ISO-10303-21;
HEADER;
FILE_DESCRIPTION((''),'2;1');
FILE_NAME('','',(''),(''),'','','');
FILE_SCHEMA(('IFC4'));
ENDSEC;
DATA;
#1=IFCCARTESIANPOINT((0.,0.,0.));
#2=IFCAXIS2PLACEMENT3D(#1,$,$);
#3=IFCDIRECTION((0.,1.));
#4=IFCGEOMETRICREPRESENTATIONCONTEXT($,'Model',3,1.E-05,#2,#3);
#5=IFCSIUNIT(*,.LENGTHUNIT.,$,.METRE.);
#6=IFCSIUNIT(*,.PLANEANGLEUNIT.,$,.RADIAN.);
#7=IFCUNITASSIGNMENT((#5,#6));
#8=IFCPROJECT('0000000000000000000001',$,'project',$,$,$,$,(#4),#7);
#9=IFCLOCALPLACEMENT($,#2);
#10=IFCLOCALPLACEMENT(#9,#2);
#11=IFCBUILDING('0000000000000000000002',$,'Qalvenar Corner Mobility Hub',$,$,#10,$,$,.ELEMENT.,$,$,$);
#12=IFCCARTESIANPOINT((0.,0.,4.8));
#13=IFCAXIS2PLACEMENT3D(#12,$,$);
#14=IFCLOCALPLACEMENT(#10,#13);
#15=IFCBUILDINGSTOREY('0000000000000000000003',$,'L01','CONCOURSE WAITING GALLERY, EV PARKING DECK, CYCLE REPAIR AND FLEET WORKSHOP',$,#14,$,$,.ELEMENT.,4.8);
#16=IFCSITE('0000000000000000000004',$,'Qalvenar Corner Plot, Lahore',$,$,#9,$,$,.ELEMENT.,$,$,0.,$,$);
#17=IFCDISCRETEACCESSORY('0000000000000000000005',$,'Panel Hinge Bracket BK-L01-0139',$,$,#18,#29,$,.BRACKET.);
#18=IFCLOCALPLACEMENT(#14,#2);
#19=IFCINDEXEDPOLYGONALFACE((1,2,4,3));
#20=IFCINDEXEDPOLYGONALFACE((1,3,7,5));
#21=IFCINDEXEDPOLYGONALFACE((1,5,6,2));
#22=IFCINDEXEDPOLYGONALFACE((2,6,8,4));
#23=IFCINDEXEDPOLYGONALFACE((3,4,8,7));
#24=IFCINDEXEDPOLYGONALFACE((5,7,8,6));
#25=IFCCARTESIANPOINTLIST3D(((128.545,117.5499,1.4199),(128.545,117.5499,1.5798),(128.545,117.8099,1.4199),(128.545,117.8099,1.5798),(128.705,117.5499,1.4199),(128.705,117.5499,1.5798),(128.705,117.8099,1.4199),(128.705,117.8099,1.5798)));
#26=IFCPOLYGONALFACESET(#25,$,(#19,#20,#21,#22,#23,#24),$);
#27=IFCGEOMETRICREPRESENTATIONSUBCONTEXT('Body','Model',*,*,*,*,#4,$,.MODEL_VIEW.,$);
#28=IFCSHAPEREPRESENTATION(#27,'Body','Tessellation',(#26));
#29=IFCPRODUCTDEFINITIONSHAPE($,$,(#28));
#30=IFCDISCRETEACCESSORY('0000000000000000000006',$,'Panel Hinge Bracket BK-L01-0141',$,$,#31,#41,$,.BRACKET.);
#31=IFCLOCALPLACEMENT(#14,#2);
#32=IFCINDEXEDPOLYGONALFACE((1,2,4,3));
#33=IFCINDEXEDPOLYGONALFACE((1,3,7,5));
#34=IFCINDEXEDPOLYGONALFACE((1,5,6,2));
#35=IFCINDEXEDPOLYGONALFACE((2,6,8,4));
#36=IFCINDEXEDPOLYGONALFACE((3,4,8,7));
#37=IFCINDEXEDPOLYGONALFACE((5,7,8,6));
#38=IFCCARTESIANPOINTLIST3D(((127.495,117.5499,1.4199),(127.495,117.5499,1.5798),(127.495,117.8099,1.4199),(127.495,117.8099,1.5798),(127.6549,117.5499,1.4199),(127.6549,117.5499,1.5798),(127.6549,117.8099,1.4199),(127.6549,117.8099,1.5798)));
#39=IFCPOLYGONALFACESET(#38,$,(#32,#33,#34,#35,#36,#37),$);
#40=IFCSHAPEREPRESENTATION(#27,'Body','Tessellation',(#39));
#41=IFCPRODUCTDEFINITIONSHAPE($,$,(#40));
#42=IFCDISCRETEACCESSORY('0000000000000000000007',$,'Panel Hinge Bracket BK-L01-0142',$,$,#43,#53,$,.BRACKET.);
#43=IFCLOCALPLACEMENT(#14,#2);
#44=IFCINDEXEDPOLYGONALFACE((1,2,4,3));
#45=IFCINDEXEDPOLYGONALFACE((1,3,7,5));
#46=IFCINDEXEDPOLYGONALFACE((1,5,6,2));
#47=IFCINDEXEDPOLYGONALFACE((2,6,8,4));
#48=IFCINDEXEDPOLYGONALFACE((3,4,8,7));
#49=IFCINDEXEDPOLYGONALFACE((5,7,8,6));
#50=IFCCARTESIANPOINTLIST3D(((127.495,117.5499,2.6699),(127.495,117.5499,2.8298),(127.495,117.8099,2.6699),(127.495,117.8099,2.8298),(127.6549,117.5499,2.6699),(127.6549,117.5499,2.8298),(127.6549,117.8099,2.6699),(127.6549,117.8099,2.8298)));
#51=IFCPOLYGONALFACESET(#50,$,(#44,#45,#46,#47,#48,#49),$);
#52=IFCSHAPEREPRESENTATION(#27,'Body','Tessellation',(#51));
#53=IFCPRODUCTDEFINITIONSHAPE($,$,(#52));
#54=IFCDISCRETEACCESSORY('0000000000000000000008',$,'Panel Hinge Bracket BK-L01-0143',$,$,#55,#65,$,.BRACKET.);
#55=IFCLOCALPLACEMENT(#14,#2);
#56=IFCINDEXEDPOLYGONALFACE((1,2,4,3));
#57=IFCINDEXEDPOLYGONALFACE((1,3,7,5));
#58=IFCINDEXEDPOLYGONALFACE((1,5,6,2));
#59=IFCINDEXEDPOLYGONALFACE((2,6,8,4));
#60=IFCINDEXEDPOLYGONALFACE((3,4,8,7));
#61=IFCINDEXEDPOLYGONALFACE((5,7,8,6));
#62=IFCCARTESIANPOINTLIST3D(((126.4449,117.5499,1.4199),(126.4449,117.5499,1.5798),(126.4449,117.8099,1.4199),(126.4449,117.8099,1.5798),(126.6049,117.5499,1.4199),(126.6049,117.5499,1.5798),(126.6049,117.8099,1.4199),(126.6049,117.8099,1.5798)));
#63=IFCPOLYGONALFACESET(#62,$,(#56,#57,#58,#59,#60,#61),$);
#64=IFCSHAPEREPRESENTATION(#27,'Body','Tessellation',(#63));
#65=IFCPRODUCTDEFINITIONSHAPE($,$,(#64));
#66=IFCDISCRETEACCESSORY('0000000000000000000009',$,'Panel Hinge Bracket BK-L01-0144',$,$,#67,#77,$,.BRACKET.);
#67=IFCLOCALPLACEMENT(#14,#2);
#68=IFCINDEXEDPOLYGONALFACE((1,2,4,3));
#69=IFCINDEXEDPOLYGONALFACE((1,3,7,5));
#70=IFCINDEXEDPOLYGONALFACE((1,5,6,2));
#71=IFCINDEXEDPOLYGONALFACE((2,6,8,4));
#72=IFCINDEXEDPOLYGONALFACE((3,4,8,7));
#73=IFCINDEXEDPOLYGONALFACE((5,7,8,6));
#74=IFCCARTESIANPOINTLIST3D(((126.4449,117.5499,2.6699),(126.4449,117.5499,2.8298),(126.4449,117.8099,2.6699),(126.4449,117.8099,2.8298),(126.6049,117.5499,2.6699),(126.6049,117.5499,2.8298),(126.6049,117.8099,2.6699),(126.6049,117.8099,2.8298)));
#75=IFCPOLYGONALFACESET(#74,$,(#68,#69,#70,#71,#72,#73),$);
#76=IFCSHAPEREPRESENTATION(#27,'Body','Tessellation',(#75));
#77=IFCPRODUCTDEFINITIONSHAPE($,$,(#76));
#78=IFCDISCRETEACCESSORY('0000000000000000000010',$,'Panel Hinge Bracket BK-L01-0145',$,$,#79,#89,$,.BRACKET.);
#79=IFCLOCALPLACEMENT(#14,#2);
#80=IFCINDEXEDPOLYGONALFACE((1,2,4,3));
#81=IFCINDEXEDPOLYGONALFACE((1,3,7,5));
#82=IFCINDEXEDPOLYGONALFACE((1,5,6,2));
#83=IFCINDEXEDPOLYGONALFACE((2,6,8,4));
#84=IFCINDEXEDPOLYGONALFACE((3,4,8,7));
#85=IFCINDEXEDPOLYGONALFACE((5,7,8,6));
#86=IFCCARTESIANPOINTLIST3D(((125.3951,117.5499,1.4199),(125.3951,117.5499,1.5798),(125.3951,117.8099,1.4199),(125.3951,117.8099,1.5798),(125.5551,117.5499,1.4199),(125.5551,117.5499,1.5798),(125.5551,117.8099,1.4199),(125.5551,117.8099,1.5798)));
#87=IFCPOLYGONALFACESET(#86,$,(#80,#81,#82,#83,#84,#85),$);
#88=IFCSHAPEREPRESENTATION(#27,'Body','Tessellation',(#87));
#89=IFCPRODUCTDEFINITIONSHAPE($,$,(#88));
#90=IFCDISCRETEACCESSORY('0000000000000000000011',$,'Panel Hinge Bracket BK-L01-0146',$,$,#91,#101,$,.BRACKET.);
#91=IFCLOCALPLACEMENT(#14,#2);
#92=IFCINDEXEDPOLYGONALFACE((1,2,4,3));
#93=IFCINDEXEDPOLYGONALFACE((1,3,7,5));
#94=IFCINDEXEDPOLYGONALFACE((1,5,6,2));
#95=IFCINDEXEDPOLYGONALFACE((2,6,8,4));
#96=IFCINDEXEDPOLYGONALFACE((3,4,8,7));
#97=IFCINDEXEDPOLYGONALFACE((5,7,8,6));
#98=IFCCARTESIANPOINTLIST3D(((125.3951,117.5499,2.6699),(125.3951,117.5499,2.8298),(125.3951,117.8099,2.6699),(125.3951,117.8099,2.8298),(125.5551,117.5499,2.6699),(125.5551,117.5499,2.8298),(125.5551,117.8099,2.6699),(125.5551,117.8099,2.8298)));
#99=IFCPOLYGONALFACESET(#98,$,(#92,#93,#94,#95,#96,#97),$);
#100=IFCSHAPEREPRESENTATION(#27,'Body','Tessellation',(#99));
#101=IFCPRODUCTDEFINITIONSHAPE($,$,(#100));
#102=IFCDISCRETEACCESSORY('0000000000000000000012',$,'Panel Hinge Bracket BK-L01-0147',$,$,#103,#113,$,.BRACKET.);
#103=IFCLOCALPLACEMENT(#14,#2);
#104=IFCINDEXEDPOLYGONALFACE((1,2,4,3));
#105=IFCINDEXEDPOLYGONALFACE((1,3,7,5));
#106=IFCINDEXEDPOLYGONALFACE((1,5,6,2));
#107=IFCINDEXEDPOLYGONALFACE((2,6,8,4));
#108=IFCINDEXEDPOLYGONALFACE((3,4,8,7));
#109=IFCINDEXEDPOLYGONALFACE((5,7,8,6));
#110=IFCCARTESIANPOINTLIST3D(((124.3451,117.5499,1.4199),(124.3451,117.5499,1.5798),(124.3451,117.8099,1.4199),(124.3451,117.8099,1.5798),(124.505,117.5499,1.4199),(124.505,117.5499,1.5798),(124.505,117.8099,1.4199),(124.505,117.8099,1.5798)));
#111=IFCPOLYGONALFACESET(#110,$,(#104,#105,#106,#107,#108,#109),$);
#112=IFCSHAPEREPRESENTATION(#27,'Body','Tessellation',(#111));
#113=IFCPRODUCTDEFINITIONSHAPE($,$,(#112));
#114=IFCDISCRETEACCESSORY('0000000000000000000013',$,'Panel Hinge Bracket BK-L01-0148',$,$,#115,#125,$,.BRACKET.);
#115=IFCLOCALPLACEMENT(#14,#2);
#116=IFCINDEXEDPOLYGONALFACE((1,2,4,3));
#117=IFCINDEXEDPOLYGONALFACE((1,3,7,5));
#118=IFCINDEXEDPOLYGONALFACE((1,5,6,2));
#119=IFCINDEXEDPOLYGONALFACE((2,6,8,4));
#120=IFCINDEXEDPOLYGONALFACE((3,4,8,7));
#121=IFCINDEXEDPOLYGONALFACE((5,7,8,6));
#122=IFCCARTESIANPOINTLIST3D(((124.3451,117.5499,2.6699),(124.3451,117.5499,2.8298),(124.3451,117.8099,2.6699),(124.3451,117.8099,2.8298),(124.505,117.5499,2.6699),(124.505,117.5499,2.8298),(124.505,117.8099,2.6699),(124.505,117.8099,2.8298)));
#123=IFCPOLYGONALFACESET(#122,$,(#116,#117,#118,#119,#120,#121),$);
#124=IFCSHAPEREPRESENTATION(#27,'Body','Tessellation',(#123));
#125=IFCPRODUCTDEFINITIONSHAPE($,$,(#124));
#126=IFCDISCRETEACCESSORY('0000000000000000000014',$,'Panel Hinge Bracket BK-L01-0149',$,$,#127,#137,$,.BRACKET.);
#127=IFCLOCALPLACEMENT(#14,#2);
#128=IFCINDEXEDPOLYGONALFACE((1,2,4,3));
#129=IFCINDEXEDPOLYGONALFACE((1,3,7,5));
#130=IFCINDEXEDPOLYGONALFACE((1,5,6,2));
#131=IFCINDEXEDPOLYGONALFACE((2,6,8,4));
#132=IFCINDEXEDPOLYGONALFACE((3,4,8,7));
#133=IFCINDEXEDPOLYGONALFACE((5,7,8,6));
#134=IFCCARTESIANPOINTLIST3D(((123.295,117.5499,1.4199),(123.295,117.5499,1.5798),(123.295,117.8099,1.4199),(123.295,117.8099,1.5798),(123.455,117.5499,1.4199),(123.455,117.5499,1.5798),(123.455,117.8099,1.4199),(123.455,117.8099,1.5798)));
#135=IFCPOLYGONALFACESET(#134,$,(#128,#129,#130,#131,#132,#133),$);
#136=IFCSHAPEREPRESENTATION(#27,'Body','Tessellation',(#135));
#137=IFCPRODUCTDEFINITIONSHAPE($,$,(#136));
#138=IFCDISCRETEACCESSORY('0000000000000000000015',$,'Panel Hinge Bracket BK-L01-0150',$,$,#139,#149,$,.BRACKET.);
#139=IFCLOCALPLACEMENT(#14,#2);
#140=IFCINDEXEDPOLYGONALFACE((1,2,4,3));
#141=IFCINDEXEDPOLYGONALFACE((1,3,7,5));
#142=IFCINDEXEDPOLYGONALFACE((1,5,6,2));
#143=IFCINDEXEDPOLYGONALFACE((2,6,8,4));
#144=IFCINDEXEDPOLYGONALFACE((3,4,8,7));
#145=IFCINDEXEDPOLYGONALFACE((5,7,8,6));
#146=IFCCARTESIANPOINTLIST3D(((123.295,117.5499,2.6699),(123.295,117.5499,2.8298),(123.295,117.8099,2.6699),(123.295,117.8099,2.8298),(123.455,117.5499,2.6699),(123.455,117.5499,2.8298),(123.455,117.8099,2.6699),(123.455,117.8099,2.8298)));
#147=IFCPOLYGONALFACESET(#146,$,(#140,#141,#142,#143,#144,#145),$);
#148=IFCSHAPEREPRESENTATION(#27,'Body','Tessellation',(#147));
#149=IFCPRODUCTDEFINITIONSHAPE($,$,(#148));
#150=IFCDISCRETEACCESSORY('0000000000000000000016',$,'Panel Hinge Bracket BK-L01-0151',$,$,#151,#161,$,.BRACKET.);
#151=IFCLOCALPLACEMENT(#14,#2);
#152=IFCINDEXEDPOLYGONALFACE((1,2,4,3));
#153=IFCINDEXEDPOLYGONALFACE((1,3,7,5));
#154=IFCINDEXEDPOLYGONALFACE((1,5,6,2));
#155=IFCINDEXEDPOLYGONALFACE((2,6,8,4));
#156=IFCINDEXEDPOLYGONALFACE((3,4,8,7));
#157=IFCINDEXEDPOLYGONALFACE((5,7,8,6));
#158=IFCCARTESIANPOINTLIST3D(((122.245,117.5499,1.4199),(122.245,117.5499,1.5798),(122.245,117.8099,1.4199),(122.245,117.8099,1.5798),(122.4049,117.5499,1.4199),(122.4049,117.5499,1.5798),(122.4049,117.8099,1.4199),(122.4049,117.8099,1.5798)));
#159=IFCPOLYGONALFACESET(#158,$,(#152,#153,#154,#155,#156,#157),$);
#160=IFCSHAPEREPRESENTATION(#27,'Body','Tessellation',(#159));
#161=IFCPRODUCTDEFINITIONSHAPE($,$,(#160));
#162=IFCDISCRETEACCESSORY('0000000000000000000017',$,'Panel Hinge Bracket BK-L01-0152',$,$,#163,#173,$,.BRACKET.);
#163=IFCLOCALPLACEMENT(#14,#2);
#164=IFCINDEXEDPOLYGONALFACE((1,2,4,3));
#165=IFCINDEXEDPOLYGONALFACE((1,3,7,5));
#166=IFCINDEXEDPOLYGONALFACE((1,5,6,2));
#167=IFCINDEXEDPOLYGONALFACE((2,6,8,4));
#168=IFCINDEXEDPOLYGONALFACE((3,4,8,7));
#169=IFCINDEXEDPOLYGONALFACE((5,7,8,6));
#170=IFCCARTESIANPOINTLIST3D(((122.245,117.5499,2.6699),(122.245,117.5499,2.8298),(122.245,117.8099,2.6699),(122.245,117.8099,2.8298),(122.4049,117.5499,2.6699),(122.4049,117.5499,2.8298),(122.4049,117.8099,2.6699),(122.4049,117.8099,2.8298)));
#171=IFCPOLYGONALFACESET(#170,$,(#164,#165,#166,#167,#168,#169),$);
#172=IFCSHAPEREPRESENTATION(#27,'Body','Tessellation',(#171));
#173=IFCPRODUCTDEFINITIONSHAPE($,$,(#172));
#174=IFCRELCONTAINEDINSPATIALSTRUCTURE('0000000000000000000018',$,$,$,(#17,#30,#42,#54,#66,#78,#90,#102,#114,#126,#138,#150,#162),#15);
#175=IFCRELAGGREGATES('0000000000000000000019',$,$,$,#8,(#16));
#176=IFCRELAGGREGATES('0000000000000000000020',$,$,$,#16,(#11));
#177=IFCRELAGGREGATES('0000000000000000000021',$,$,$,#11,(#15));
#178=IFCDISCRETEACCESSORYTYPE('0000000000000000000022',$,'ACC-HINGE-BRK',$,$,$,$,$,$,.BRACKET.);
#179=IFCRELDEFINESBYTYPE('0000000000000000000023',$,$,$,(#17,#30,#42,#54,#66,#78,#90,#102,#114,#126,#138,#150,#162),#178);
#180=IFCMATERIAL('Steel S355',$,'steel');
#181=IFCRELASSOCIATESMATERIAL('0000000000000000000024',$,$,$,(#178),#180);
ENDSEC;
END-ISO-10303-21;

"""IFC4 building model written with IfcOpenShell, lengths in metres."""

from ifc_helpers import new_model, si_unit, direction, frame, origin, origin_2d, place, context, subcontext, project, spatial, rectangle, extrude, material, type_object, element, save


model = new_model("IFC4")

# Units and contexts
model_context = context("Model", 3, precision=1e-05, world=origin(), true_north=direction((0.0, 1.0)))
body_context = subcontext(model_context, "Body", "Model", "MODEL_VIEW")
ifc_project = project(units=[si_unit("LENGTHUNIT", "METRE"), si_unit("PLANEANGLEUNIT", "RADIAN")], contexts=[model_context])

# Site, building, storey
site_placement = place(None, origin())
site = spatial("IfcSite", under=ifc_project, at=site_placement, Name="Qalvenar Corner Plot, Lahore", CompositionType="ELEMENT", RefElevation=0.0)
building_placement = place(site_placement, origin())
building = spatial("IfcBuilding", under=site, at=building_placement, Name="Qalvenar Corner Mobility Hub", CompositionType="ELEMENT")
storey_placement = place(building_placement, frame((0.0, 0.0, 4.8)))
storey = spatial("IfcBuildingStorey", under=building, at=storey_placement, Name="L01", Description="CONCOURSE WAITING GALLERY, EV PARKING DECK, CYCLE REPAIR AND FLEET WORKSHOP", CompositionType="ELEMENT", Elevation=4.8)

# Shared definitions
ifc_material_1 = material(Name="Steel S355", Category="steel")

# Discrete accessories
discrete_accessory_type = type_object("IfcDiscreteAccessoryType", Name="ACC-HINGE-BRK", PredefinedType="BRACKET", material=ifc_material_1)
for number, where, z_axis, x_axis, name in (
    (1, (128.625, 117.6799, 1.4199), (0.0, 0.0, 1.0), (-1.0, 0.0, 0.0), "Panel Hinge Bracket BK-L01-0139"),
    (2, (127.575, 117.6799, 1.4199), (0.0, 0.0, 1.0), (-1.0, 0.0, 0.0), "Panel Hinge Bracket BK-L01-0141"),
    (3, (127.575, 117.6799, 2.6699), (0.0, 0.0, 1.0), (-1.0, 0.0, 0.0), "Panel Hinge Bracket BK-L01-0142"),
    (4, (126.5249, 117.6799, 1.4199), (0.0, 0.0, 1.0), (-1.0, 0.0, 0.0), "Panel Hinge Bracket BK-L01-0143"),
    (5, (126.5249, 117.6799, 2.6699), (0.0, 0.0, 1.0), (-1.0, 0.0, 0.0), "Panel Hinge Bracket BK-L01-0144"),
    (6, (125.4751, 117.6799, 1.4199), (0.0, 0.0, 1.0), (-1.0, 0.0, 0.0), "Panel Hinge Bracket BK-L01-0145"),
    (7, (125.4751, 117.6799, 2.6699), (0.0, 0.0, 1.0), (-1.0, 0.0, 0.0), "Panel Hinge Bracket BK-L01-0146"),
    (8, (124.425, 117.6799, 1.4199), (0.0, 0.0, 1.0), (-1.0, 0.0, 0.0), "Panel Hinge Bracket BK-L01-0147"),
    (9, (124.425, 117.6799, 2.6699), (0.0, 0.0, 1.0), (-1.0, 0.0, 0.0), "Panel Hinge Bracket BK-L01-0148"),
    (10, (123.375, 117.6799, 1.4199), (0.0, 0.0, 1.0), (-1.0, 0.0, 0.0), "Panel Hinge Bracket BK-L01-0149"),
    (11, (123.375, 117.6799, 2.6699), (0.0, 0.0, 1.0), (-1.0, 0.0, 0.0), "Panel Hinge Bracket BK-L01-0150"),
    (12, (122.325, 117.6799, 1.4199), (0.0, 0.0, 1.0), (-1.0, 0.0, 0.0), "Panel Hinge Bracket BK-L01-0151"),
    (13, (122.325, 117.6799, 2.6699), (0.0, 0.0, 1.0), (-1.0, 0.0, 0.0), "Panel Hinge Bracket BK-L01-0152"),
):
    element("IfcDiscreteAccessory", number, at=place(storey_placement, frame(where, z_axis=z_axis, x_axis=x_axis)), inside=storey, type_object=discrete_accessory_type, Name=name, PredefinedType="BRACKET", context=body_context, shape_type="SweptSolid", body=[
        extrude(rectangle(XDim=0.1599, YDim=0.26, at=origin_2d()), origin(), (0.0, 0.0, 1.0), 0.1599),
    ])

save(model, "model.ifc")
